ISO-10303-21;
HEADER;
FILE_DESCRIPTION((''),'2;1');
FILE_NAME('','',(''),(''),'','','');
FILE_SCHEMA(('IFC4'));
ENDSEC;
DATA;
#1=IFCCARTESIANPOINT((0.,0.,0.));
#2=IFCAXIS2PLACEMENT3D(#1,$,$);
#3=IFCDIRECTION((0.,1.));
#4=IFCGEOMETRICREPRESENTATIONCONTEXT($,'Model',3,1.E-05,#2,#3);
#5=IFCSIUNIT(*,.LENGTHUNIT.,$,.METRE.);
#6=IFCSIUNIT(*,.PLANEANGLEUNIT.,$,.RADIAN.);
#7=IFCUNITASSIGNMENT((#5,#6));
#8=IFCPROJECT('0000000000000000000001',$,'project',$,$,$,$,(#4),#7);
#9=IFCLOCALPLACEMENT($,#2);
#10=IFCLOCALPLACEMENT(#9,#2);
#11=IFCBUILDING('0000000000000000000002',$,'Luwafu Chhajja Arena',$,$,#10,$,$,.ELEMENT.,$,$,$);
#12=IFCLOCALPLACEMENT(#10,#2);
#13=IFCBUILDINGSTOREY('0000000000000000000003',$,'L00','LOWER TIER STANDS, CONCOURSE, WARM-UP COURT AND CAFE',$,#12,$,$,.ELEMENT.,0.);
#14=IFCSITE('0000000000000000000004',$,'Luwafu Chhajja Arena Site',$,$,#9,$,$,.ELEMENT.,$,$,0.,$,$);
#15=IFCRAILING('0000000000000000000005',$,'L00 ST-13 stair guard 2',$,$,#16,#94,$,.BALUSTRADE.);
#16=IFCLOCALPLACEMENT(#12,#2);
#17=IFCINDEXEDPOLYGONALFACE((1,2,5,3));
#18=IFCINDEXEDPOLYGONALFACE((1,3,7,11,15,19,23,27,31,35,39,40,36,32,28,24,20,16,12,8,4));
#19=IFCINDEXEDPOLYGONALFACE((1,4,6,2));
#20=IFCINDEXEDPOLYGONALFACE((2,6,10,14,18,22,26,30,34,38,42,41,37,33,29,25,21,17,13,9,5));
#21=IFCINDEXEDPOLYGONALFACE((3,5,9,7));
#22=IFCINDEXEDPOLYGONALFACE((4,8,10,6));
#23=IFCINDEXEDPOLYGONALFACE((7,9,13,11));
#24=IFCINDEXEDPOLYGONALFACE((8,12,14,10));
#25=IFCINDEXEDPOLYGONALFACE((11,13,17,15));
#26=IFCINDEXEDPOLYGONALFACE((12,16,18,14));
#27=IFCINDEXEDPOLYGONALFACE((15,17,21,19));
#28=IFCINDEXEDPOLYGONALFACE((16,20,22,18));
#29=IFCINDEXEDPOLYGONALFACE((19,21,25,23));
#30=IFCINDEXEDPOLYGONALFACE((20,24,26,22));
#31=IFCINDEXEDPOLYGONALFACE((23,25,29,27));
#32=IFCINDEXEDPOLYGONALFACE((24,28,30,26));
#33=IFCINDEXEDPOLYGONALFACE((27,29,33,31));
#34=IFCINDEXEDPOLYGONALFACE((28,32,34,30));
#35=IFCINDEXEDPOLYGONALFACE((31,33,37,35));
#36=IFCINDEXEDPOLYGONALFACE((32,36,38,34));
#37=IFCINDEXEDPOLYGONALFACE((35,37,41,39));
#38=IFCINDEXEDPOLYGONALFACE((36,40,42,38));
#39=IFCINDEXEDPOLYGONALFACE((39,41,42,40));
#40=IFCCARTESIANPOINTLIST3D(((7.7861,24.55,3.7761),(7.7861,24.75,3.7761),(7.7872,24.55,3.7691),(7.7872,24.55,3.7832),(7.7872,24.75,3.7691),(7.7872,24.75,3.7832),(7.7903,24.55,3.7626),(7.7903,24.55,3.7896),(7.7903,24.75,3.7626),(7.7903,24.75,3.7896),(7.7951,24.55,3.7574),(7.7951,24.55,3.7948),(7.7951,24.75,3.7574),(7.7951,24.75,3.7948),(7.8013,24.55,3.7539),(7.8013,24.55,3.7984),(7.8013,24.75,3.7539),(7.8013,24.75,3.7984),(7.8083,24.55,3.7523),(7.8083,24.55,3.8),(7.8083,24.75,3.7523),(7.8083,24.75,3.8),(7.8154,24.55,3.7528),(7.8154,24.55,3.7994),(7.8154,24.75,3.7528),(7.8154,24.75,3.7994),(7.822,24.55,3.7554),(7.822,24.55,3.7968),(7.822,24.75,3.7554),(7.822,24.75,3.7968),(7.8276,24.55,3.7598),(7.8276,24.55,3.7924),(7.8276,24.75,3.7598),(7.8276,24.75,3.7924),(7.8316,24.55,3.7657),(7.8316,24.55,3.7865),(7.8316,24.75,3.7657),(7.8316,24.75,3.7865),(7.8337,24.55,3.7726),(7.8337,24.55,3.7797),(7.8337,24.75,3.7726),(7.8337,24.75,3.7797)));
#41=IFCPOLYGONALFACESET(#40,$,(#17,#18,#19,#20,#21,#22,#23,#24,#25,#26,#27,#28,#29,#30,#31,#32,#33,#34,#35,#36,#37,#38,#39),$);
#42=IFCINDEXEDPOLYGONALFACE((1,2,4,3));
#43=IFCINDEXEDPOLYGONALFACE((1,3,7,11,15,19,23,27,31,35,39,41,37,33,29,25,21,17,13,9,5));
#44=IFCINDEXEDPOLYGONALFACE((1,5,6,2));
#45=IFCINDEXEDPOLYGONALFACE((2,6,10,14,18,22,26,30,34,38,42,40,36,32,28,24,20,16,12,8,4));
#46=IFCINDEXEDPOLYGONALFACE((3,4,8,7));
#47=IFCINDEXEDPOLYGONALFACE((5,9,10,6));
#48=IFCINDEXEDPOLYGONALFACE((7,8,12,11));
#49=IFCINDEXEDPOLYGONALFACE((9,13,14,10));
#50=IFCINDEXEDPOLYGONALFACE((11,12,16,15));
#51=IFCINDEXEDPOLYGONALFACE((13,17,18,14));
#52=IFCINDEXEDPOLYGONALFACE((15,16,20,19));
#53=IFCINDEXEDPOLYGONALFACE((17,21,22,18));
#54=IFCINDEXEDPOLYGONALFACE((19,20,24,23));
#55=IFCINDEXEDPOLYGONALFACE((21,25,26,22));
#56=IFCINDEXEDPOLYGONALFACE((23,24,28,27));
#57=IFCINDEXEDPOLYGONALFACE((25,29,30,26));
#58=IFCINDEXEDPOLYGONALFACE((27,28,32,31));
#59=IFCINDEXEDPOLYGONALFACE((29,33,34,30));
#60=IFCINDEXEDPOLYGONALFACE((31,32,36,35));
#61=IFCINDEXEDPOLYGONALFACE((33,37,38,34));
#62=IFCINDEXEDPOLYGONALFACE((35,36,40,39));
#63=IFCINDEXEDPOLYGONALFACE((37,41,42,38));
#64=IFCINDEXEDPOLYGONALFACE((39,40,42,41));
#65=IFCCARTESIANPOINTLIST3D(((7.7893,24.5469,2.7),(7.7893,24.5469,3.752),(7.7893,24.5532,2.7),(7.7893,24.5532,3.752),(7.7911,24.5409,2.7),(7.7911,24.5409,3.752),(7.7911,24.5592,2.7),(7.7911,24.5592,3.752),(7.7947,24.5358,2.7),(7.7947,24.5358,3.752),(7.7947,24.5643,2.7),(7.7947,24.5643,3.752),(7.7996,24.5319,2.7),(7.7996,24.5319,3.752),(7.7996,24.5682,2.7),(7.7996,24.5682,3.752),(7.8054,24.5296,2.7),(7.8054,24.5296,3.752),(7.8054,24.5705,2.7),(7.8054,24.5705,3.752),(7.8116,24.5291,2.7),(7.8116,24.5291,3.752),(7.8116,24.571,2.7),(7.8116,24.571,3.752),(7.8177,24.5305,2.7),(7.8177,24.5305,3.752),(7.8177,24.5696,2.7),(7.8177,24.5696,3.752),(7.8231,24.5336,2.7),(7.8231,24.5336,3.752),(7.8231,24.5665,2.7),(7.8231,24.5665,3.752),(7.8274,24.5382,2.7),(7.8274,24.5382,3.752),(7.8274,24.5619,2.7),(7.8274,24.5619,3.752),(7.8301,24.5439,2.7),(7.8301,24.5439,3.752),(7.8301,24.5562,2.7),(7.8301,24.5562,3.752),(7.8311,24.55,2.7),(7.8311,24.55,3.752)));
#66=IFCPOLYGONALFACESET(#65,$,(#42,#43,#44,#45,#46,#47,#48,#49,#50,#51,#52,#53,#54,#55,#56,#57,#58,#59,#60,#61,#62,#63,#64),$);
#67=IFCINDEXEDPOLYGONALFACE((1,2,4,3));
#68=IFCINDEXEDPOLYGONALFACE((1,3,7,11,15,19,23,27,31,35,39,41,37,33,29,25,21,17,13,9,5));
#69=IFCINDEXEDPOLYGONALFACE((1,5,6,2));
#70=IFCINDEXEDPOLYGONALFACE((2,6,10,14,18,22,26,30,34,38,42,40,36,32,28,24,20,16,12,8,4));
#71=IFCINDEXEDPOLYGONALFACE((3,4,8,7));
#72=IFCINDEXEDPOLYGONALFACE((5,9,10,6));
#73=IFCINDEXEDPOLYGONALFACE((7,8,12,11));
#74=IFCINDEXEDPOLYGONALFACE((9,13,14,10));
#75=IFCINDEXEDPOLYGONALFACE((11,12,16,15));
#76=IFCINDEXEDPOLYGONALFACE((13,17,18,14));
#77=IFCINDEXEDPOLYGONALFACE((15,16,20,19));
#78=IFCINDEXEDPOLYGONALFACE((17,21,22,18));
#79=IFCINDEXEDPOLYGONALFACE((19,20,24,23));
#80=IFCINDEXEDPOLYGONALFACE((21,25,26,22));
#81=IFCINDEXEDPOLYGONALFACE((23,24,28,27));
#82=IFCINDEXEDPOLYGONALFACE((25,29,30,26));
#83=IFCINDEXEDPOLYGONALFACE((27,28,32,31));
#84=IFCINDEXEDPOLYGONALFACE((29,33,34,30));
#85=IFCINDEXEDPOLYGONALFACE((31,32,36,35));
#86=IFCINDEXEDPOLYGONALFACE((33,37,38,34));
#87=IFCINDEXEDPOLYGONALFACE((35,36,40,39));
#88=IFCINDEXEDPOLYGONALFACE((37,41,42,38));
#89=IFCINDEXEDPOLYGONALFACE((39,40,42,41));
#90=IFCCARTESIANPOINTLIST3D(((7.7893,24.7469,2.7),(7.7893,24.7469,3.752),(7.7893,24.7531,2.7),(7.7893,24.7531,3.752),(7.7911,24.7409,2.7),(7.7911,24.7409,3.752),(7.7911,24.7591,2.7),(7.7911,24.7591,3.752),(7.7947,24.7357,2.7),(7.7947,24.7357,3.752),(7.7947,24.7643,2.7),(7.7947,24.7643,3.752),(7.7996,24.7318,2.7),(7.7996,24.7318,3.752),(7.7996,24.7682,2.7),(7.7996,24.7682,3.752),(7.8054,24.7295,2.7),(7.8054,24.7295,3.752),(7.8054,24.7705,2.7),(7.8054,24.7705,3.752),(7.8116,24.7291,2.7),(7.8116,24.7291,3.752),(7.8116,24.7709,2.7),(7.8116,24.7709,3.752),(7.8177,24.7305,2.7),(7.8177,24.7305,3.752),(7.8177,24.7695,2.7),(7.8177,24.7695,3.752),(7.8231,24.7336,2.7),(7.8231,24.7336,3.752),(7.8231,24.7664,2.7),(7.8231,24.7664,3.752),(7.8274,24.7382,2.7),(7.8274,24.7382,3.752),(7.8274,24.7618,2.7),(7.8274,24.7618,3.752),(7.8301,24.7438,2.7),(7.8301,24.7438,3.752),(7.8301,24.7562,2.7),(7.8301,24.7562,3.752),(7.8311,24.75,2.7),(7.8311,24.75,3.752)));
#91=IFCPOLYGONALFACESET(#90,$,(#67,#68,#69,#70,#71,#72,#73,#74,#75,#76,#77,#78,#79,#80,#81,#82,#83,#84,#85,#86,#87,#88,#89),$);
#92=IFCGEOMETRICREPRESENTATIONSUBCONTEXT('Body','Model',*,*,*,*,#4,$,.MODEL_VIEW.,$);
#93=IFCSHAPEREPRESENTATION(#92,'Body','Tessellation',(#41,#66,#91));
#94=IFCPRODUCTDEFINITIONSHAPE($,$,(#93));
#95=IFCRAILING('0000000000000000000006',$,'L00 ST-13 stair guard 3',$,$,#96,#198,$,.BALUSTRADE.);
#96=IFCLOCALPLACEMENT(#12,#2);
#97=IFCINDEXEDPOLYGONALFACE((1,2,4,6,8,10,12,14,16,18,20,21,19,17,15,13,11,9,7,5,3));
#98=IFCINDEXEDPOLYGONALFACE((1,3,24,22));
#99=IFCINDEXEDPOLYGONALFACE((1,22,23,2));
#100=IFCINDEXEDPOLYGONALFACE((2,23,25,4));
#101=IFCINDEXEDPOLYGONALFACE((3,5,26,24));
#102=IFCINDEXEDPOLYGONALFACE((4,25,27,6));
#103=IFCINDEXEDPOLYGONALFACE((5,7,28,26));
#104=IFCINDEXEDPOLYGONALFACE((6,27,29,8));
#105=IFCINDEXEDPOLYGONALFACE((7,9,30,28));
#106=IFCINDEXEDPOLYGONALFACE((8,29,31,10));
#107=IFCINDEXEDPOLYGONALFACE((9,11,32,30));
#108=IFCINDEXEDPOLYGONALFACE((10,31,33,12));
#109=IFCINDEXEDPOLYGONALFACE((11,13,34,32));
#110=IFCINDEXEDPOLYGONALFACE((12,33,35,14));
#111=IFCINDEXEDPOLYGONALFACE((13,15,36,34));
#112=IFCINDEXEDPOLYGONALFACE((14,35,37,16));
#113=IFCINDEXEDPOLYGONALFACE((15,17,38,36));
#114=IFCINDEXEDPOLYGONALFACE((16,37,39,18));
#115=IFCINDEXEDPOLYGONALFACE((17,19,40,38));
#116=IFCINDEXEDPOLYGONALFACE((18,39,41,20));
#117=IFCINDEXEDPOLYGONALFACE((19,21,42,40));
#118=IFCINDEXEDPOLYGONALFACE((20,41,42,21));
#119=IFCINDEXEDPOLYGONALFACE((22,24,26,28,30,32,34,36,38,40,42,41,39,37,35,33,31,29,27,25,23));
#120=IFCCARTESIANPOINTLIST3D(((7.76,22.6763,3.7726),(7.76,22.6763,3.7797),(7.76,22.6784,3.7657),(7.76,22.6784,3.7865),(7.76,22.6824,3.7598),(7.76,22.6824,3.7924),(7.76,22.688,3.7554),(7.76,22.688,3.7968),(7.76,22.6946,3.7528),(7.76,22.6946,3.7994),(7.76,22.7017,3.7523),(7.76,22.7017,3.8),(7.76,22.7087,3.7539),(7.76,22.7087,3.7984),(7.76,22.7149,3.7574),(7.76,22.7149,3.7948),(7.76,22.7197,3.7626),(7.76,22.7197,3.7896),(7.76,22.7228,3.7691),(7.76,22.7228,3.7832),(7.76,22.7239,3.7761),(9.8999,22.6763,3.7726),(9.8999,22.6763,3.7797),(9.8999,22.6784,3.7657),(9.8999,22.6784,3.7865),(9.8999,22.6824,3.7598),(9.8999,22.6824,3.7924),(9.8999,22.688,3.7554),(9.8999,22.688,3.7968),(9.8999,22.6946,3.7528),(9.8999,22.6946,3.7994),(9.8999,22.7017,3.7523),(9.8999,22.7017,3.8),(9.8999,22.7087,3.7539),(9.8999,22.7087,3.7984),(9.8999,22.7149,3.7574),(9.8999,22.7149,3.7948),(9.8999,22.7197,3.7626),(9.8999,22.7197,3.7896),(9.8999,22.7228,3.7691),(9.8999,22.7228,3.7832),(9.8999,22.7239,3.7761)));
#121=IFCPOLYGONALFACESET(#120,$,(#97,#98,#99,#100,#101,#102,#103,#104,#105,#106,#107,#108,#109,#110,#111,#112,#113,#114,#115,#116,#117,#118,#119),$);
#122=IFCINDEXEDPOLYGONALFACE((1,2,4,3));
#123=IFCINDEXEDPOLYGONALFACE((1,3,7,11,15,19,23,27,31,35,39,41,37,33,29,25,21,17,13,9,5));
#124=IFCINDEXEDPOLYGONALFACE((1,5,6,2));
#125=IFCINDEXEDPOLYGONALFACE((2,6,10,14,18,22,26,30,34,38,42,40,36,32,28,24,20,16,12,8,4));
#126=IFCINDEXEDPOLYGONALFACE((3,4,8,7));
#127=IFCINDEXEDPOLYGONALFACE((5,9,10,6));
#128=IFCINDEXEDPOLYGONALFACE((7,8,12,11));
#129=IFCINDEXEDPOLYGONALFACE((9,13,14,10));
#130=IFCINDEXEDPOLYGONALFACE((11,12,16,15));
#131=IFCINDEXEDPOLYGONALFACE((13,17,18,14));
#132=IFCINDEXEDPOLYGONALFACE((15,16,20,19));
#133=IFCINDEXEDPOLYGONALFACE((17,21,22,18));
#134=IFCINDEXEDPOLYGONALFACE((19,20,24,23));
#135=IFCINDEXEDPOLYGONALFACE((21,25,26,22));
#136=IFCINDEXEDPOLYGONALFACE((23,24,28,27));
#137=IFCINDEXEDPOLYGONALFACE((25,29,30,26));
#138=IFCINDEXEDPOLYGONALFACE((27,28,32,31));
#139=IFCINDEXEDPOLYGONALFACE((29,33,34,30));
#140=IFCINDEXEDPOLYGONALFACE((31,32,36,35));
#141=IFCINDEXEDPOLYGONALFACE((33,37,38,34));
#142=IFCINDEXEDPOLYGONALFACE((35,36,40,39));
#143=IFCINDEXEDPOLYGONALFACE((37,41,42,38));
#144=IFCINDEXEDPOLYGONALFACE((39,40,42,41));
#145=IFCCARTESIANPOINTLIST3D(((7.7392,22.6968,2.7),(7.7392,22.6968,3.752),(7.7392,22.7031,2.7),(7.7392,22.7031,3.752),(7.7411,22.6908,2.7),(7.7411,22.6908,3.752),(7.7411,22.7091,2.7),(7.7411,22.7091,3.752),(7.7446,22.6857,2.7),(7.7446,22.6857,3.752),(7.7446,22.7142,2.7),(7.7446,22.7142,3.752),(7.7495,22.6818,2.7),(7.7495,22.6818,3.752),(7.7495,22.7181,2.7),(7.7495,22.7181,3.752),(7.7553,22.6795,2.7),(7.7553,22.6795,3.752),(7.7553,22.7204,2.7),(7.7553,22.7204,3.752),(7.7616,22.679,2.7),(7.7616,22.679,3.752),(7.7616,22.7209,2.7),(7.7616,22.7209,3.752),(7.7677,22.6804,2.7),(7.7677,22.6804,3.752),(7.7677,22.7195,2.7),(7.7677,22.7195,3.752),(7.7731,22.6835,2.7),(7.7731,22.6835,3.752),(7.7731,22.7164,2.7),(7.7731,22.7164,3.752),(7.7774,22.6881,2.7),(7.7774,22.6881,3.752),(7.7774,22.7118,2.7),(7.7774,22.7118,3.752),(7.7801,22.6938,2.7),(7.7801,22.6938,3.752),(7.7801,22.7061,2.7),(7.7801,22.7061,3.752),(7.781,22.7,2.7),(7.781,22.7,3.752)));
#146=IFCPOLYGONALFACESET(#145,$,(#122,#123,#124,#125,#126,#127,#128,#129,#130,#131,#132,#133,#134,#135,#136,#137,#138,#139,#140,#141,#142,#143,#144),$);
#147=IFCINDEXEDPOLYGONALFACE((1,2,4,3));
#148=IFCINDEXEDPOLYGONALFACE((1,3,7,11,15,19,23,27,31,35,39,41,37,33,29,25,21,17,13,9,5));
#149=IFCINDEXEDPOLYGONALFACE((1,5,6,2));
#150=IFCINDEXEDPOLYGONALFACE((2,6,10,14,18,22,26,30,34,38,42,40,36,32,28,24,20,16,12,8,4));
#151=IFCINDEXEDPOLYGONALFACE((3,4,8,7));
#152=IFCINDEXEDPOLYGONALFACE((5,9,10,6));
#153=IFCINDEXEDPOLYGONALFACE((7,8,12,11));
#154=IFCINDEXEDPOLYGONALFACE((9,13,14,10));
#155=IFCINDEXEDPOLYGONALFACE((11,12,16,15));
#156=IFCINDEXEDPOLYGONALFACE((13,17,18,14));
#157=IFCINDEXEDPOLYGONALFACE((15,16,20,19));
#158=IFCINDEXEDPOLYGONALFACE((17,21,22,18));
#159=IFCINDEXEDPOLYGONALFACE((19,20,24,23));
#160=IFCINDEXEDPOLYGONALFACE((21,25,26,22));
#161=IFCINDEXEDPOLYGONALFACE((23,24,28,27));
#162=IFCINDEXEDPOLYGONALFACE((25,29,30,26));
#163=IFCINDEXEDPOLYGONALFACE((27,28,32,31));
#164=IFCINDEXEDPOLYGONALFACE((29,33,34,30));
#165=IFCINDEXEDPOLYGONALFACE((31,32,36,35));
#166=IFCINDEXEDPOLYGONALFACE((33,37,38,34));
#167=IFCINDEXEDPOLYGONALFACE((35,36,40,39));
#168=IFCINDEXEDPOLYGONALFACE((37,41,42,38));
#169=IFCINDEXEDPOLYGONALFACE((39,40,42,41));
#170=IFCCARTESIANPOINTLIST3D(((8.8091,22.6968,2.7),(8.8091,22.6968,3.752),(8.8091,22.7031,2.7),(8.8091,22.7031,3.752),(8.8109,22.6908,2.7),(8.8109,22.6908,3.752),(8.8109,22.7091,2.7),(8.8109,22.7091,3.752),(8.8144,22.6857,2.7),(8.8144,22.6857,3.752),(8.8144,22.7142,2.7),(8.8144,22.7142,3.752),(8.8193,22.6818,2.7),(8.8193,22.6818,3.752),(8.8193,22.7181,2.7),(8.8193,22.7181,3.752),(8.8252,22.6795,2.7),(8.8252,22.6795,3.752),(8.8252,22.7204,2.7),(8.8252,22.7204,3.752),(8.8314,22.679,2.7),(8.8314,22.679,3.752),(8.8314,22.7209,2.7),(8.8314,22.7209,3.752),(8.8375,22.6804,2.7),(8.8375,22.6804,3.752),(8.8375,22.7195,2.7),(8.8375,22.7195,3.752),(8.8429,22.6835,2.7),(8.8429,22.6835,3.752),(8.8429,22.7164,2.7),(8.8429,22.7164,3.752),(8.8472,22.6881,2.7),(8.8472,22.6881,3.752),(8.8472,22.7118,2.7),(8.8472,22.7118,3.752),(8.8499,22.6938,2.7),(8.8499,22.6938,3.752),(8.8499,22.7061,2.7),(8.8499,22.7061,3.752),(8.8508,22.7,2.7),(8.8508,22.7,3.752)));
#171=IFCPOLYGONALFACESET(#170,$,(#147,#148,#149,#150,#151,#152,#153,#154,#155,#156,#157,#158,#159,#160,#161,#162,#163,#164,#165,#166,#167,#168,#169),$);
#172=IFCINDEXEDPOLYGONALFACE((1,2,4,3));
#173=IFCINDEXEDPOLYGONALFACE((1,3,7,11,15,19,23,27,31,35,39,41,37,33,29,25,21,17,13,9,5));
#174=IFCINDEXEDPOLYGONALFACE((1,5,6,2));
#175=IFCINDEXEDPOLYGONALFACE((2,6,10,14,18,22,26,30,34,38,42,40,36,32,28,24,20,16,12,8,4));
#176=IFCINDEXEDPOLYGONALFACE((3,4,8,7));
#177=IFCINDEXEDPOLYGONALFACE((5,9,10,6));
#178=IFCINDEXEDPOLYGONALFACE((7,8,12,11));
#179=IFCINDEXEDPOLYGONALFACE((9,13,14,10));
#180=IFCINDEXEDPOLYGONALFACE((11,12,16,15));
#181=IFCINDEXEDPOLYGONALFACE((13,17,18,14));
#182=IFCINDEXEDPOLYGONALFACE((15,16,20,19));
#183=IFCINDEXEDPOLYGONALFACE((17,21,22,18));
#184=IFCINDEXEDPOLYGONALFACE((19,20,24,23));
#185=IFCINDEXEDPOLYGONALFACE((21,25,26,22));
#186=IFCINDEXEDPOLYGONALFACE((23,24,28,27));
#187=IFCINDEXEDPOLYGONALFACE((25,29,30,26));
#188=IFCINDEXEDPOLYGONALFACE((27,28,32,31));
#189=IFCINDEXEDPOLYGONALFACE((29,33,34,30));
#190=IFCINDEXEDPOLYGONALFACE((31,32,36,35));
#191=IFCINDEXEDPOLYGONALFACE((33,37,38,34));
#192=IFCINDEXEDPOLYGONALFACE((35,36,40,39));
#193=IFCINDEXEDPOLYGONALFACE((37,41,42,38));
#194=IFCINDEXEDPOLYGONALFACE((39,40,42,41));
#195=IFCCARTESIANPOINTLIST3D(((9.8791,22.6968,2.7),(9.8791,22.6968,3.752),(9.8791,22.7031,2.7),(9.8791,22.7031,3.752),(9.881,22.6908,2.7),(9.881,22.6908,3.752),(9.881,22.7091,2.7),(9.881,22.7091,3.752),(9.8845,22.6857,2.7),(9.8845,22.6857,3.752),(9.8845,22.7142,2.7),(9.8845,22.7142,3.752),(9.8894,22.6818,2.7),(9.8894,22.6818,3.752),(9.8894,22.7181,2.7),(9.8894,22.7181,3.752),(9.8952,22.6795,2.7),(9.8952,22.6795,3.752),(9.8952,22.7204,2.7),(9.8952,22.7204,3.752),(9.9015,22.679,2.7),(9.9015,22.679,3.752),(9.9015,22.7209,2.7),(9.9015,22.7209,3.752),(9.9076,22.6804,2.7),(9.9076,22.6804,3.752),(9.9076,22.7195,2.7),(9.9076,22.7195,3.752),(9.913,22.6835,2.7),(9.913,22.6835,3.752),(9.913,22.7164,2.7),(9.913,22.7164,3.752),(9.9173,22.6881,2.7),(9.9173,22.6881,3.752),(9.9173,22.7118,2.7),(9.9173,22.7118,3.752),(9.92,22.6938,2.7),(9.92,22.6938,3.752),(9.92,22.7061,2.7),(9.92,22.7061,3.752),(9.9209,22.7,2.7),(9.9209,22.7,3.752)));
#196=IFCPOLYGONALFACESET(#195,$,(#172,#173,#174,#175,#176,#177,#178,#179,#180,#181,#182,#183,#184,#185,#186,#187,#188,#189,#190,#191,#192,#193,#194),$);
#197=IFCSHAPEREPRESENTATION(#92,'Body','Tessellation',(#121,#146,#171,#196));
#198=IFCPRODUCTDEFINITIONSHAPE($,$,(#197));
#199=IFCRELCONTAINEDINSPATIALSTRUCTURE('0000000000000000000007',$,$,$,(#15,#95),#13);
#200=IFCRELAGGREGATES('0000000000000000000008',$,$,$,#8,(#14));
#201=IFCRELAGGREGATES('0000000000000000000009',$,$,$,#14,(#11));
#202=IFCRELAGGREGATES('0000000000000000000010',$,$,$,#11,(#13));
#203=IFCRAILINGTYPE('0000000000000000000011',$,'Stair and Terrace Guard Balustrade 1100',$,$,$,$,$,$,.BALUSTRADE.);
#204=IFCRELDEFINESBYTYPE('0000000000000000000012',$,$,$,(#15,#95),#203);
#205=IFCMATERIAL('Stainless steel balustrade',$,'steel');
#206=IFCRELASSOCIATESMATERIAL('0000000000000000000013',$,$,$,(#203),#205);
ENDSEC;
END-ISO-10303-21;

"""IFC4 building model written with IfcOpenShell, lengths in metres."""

from ifc_helpers import new_model, si_unit, direction, frame, origin, origin_2d, place, context, subcontext, project, spatial, circle, extrude, material, type_object, element, save


model = new_model("IFC4")

# Units and contexts
model_context = context("Model", 3, precision=1e-05, world=origin(), true_north=direction((0.0, 1.0)))
body_context = subcontext(model_context, "Body", "Model", "MODEL_VIEW")
ifc_project = project(units=[si_unit("LENGTHUNIT", "METRE"), si_unit("PLANEANGLEUNIT", "RADIAN")], contexts=[model_context])

# Site, building, storey
site_placement = place(None, origin())
site = spatial("IfcSite", under=ifc_project, at=site_placement, Name="Luwafu Chhajja Arena Site", CompositionType="ELEMENT", RefElevation=0.0)
building_placement = place(site_placement, origin())
building = spatial("IfcBuilding", under=site, at=building_placement, Name="Luwafu Chhajja Arena", CompositionType="ELEMENT")
storey_placement = place(building_placement, origin())
storey = spatial("IfcBuildingStorey", under=building, at=storey_placement, Name="L00", Description="LOWER TIER STANDS, CONCOURSE, WARM-UP COURT AND CAFE", CompositionType="ELEMENT", Elevation=0.0)

# Railings
ifc_material_1 = material(Name="Stainless steel balustrade", Category="steel")
railing_type_1 = type_object("IfcRailingType", Name="Stair and Terrace Guard Balustrade 1100", PredefinedType="BALUSTRADE", material=ifc_material_1)
railing_1_placement = place(storey_placement, frame((7.8101, 24.55, 2.7)))
element("IfcRailing", 1, at=railing_1_placement, inside=storey, type_object=railing_type_1, Name="L00 ST-13 stair guard 2", PredefinedType="BALUSTRADE", context=body_context, shape_type="SweptSolid", body=[
    extrude(circle(Radius=0.0239, at=origin_2d()), frame((0.0, 0.0, 1.0762), z_axis=(0.0, 1.0, 0.0), x_axis=(-1.0, 0.0, 0.0)), (0.0, 0.0, 1.0), 0.2),
    extrude(circle(Radius=0.021, at=origin_2d()), origin(), (0.0, 0.0, 1.0), 1.052),
    extrude(circle(Radius=0.021, at=origin_2d()), frame((0.0, 0.2, 0.0)), (0.0, 0.0, 1.0), 1.052),
])
for number, where, name in (
    (2, (7.76, 22.7, 2.7), "L00 ST-13 stair guard 3"),
):
    element("IfcRailing", number, at=place(storey_placement, frame(where)), inside=storey, type_object=railing_type_1, Name=name, PredefinedType="BALUSTRADE", context=body_context, shape_type="SweptSolid", body=[
        extrude(circle(Radius=0.0239, at=origin_2d()), frame((0.0, 0.0, 1.0762), z_axis=(1.0, 0.0, 0.0), x_axis=(0.0, 1.0, 0.0)), (0.0, 0.0, 1.0), 2.1399),
        extrude(circle(Radius=0.021, at=origin_2d()), origin(), (0.0, 0.0, 1.0), 1.052),
        extrude(circle(Radius=0.021, at=origin_2d()), frame((1.0698, 0.0, 0.0)), (0.0, 0.0, 1.0), 1.052),
        extrude(circle(Radius=0.021, at=origin_2d()), frame((2.1399, 0.0, 0.0)), (0.0, 0.0, 1.0), 1.052),
    ])

save(model, "model.ifc")
